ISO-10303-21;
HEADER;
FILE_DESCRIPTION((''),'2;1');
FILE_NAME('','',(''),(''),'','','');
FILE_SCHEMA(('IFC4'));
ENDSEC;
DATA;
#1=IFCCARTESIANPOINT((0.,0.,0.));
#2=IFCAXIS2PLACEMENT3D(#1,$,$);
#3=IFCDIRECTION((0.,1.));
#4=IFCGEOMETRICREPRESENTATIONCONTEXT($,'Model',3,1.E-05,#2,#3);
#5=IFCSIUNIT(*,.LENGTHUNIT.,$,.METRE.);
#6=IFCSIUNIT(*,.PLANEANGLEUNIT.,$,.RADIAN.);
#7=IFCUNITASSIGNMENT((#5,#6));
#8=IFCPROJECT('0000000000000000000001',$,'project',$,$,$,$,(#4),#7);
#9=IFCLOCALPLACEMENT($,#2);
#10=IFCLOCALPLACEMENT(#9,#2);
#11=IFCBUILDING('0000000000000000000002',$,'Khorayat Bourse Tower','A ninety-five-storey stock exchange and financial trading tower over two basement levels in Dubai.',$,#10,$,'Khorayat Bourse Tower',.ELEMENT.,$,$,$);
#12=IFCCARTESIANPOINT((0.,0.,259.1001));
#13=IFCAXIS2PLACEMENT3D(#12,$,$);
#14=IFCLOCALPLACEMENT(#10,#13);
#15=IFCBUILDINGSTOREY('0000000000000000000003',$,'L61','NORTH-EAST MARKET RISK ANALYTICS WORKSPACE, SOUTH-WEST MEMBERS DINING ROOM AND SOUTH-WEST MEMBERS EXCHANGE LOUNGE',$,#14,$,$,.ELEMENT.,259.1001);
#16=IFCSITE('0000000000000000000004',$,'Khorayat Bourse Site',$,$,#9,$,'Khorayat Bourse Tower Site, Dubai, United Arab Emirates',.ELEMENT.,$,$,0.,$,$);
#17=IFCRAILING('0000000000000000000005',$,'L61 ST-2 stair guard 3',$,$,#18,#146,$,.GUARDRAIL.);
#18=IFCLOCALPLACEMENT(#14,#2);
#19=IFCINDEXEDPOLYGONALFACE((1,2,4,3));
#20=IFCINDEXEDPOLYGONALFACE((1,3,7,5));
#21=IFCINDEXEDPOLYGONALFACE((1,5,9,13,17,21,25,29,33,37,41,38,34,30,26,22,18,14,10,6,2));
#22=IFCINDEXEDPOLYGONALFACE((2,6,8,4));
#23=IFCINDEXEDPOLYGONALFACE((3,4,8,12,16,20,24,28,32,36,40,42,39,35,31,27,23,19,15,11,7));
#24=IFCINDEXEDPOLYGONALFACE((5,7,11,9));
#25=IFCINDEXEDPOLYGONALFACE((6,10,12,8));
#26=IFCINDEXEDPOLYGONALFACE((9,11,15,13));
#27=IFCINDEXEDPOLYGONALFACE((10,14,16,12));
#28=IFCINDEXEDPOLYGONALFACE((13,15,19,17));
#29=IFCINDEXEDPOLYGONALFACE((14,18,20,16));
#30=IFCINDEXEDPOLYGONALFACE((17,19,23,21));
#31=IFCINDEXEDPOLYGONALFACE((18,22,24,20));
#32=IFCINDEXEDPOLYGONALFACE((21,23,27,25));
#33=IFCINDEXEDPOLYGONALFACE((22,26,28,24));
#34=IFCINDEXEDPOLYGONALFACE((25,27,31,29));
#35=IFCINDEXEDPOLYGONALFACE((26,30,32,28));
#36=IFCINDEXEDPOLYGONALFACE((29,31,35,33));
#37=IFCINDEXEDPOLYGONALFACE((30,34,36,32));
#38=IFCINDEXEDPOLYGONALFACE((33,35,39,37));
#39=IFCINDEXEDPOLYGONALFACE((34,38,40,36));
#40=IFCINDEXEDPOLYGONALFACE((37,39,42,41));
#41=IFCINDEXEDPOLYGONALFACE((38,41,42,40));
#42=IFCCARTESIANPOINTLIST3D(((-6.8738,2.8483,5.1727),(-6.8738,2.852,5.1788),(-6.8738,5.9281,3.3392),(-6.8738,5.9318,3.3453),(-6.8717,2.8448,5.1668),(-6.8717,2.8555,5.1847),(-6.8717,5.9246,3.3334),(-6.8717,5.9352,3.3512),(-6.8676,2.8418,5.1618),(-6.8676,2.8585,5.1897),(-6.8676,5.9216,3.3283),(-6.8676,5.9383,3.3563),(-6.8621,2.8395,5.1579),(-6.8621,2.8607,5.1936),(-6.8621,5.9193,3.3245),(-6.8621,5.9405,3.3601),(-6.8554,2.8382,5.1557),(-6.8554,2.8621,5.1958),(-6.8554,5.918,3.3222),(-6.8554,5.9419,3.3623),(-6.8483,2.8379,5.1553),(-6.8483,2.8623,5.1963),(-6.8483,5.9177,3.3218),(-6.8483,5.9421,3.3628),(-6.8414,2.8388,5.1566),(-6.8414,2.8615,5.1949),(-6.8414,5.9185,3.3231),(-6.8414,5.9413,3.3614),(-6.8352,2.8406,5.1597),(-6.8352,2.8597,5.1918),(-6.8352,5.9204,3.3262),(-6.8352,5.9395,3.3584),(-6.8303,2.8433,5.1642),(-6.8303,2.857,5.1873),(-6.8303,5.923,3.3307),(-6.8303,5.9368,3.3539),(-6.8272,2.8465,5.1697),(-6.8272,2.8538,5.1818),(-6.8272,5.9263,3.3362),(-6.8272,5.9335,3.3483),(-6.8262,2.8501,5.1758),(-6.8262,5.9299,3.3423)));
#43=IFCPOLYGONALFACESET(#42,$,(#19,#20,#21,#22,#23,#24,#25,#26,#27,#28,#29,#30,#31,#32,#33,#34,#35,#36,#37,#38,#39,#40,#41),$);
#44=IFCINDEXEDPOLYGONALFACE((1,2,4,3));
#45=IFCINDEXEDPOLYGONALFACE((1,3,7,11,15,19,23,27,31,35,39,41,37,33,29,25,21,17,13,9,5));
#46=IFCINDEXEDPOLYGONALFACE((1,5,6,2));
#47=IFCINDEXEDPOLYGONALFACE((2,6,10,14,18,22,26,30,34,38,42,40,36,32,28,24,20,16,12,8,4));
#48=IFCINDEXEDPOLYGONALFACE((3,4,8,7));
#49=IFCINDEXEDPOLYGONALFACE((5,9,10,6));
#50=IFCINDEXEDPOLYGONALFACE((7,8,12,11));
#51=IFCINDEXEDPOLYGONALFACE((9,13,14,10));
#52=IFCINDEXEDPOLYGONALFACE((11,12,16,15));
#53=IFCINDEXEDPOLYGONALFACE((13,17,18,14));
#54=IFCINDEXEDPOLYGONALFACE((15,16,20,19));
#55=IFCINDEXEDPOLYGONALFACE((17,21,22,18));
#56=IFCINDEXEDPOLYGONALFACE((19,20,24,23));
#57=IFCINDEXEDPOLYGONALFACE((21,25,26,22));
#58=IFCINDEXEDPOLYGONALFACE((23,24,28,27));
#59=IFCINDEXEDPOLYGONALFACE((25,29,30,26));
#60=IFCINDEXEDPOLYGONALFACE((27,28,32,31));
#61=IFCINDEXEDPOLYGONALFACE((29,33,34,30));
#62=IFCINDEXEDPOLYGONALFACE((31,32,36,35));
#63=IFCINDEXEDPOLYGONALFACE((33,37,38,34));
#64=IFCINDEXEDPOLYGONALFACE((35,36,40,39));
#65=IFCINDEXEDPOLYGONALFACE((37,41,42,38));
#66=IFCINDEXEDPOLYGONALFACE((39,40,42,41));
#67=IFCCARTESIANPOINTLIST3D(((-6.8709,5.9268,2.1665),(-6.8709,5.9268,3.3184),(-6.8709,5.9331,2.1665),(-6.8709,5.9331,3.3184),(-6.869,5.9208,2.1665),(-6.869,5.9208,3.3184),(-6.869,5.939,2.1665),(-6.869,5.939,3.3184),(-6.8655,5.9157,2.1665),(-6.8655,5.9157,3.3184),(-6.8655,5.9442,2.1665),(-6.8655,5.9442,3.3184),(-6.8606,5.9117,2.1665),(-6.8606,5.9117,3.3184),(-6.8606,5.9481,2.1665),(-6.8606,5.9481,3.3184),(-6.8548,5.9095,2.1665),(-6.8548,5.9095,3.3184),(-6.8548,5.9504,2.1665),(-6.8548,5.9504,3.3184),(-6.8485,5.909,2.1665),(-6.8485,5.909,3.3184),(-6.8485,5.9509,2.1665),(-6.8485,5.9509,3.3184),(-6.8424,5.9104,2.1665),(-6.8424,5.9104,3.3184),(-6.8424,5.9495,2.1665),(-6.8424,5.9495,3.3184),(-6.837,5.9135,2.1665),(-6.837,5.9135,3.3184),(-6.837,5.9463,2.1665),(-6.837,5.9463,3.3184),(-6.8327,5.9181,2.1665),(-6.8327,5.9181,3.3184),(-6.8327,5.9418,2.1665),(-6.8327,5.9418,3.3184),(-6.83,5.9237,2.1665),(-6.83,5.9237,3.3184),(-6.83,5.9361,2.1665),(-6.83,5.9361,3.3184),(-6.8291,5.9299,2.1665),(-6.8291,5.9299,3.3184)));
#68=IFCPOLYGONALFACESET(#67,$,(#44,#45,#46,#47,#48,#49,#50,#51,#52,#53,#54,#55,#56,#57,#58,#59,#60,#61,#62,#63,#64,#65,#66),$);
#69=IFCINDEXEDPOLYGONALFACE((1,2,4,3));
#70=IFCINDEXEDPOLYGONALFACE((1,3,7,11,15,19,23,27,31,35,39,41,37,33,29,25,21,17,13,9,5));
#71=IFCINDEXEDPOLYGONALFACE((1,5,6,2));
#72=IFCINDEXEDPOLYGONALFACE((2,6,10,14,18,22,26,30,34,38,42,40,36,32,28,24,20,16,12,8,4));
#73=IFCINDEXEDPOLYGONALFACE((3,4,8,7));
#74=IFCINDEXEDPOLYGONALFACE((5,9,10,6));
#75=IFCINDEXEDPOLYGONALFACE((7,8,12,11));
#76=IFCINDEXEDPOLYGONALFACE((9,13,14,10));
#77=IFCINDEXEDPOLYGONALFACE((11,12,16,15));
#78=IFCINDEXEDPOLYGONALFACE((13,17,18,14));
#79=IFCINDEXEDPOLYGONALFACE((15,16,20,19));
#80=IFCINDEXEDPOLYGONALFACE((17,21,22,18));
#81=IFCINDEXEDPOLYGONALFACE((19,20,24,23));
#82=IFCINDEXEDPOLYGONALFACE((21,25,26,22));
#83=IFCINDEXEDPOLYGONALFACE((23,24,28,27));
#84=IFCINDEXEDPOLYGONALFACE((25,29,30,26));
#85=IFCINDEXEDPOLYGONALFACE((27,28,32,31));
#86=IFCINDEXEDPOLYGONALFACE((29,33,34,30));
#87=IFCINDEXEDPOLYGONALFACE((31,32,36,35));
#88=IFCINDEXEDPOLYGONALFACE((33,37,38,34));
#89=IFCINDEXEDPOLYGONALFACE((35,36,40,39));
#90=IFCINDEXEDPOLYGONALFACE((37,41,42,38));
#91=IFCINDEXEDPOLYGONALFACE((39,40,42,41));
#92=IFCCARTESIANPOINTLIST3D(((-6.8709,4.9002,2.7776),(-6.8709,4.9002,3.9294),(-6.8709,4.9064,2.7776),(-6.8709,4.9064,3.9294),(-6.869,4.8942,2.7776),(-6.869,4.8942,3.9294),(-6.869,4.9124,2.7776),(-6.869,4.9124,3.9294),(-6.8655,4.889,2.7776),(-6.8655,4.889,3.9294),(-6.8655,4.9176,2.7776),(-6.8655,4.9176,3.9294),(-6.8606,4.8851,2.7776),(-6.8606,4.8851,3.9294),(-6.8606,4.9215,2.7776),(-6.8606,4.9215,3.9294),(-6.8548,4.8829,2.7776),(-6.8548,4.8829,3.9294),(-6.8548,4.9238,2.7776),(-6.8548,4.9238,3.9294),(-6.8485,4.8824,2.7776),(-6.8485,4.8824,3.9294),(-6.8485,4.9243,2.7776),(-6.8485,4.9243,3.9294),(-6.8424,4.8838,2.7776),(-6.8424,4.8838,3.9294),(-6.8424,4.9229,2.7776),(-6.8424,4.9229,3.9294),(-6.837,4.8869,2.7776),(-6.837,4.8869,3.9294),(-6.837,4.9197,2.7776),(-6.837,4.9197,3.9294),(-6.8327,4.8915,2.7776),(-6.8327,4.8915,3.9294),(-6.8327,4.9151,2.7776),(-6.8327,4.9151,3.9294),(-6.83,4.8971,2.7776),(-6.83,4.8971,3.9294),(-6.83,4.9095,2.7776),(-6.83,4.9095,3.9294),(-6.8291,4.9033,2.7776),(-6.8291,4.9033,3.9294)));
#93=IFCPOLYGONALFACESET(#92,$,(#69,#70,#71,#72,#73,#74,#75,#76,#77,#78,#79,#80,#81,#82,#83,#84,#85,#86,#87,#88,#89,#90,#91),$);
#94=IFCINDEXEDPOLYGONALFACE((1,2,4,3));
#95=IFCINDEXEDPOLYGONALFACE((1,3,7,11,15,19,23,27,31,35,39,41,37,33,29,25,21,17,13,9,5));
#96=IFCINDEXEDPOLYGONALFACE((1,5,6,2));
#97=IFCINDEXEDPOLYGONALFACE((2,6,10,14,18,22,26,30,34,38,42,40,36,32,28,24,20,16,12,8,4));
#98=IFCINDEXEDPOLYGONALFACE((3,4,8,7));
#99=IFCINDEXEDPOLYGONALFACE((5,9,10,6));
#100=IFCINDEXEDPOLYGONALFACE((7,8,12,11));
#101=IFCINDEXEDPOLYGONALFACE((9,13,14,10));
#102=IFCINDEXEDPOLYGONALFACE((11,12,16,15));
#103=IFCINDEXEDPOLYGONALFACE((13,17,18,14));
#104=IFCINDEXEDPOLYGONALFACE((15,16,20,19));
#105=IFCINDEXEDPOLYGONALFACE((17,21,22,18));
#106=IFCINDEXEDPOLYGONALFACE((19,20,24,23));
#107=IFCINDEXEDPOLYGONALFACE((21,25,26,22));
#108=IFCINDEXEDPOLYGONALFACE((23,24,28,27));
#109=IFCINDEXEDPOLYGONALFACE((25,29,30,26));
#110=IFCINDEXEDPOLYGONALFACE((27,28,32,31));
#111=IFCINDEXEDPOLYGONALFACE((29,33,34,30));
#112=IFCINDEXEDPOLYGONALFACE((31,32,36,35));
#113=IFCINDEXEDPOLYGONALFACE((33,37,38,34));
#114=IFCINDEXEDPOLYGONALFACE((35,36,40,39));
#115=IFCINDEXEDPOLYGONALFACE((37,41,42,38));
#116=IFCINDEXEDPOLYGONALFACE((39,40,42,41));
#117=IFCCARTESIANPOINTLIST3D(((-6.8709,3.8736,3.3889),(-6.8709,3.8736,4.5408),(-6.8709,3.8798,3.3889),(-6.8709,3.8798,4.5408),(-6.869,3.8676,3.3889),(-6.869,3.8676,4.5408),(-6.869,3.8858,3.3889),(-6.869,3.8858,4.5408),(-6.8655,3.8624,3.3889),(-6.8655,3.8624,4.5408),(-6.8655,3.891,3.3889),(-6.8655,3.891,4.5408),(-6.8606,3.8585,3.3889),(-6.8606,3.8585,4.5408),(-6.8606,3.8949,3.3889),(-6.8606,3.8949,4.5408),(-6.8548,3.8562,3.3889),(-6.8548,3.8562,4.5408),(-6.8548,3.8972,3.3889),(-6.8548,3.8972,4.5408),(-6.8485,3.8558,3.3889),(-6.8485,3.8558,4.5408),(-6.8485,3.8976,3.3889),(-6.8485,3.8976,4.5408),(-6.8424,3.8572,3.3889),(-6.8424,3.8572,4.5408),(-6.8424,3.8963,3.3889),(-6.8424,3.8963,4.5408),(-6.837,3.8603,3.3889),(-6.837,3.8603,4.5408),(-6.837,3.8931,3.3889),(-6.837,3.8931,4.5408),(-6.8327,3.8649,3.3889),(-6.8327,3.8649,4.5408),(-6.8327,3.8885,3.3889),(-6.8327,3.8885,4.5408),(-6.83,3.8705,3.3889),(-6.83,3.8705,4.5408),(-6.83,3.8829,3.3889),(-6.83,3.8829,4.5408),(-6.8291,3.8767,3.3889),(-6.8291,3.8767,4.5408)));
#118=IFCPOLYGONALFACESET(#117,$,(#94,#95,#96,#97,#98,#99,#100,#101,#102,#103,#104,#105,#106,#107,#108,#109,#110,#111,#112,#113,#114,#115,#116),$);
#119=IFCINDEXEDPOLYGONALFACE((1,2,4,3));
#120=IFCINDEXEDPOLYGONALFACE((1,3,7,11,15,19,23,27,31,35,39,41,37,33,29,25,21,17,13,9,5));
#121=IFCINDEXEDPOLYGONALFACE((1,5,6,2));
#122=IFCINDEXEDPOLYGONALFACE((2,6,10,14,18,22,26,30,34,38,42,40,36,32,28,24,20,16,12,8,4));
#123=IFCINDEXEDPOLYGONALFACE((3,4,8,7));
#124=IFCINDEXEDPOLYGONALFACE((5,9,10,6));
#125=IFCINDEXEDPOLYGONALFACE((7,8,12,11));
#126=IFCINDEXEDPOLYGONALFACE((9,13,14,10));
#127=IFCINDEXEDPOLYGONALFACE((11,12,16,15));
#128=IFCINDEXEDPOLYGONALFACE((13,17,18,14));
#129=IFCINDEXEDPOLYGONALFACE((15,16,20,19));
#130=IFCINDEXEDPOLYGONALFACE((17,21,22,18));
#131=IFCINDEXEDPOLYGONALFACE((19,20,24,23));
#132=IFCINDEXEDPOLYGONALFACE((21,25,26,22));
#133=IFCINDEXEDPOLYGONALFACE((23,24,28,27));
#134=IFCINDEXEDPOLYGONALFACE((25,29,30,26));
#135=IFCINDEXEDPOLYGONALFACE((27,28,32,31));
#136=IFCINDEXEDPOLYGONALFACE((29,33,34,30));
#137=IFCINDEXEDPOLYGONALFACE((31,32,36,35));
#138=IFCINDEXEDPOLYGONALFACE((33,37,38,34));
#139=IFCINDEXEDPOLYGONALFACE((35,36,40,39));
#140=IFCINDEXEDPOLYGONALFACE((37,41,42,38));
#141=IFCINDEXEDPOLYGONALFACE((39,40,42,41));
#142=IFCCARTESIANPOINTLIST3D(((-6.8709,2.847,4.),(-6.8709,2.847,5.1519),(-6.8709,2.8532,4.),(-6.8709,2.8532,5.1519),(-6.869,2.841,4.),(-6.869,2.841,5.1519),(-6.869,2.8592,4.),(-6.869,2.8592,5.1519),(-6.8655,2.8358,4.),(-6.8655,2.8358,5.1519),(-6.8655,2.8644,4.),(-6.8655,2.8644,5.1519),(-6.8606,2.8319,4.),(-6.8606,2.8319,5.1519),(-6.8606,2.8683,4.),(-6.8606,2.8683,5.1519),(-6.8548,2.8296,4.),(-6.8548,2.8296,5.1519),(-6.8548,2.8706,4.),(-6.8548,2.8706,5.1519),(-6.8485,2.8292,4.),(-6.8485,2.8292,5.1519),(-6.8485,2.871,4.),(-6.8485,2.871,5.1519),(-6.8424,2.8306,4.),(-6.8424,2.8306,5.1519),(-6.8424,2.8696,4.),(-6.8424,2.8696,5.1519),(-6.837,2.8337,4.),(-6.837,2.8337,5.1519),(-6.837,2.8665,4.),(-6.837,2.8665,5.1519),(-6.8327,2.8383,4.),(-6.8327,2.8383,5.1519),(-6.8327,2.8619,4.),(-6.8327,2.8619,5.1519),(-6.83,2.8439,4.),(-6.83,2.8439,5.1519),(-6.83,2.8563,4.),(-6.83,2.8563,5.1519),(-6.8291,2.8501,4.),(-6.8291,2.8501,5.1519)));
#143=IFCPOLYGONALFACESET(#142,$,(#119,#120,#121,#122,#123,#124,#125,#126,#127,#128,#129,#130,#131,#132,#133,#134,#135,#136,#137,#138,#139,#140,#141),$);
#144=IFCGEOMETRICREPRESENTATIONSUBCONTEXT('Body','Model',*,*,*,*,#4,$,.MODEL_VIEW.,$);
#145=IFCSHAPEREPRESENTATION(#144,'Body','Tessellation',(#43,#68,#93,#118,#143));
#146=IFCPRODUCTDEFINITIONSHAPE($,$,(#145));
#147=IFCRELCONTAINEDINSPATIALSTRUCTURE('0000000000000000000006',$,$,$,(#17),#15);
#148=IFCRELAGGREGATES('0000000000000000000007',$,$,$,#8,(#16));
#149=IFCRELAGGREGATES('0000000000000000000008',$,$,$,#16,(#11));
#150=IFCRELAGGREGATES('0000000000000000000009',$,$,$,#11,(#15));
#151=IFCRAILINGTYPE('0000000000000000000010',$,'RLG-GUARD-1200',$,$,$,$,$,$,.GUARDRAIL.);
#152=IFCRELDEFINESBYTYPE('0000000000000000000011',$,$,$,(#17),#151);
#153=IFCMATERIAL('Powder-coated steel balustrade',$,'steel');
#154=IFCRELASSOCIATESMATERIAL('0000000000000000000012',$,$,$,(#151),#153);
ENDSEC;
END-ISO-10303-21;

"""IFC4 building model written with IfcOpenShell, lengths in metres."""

from ifc_helpers import new_model, si_unit, direction, frame, origin, origin_2d, place, context, subcontext, project, spatial, circle, extrude, source, transform, mapped, material, type_object, element, save


model = new_model("IFC4")

# Units and contexts
model_context = context("Model", 3, precision=1e-05, world=origin(), true_north=direction((0.0, 1.0)))
body_context = subcontext(model_context, "Body", "Model", "MODEL_VIEW")
ifc_project = project(units=[si_unit("LENGTHUNIT", "METRE"), si_unit("PLANEANGLEUNIT", "RADIAN")], contexts=[model_context])

# Site, building, storey
site_placement = place(None, origin())
site = spatial("IfcSite", under=ifc_project, at=site_placement, Name="Khorayat Bourse Site", LongName="Khorayat Bourse Tower Site, Dubai, United Arab Emirates", CompositionType="ELEMENT", RefElevation=0.0)
building_placement = place(site_placement, origin())
building = spatial("IfcBuilding", under=site, at=building_placement, Name="Khorayat Bourse Tower", Description="A ninety-five-storey stock exchange and financial trading tower over two basement levels in Dubai.", LongName="Khorayat Bourse Tower", CompositionType="ELEMENT")
storey_placement = place(building_placement, frame((0.0, 0.0, 259.1001)))
storey = spatial("IfcBuildingStorey", under=building, at=storey_placement, Name="L61", Description="NORTH-EAST MARKET RISK ANALYTICS WORKSPACE, SOUTH-WEST MEMBERS DINING ROOM AND SOUTH-WEST MEMBERS EXCHANGE LOUNGE", CompositionType="ELEMENT", Elevation=259.1001)

# Railing
ifc_material_1 = material(Name="Powder-coated steel balustrade", Category="steel")
railing_type_1 = type_object("IfcRailingType", Name="RLG-GUARD-1200", PredefinedType="GUARDRAIL", material=ifc_material_1)
shared_shape_1 = source(origin(), body_context, "Body", "SweptSolid", [
    extrude(circle(Radius=0.0239, at=origin_2d()), frame((0.0, 0.0, 1.1758), z_axis=(0.0, -0.859261, 0.511538), x_axis=(1.0, 0.0, 0.0)), (0.0, 0.0, 1.0), 3.5842),
    extrude(circle(Radius=0.021, at=origin_2d()), origin(), (0.0, 0.0, 1.0), 1.1519),
    extrude(circle(Radius=0.021, at=origin_2d()), frame((0.0, -1.0266, 0.6111)), (0.0, 0.0, 1.0), 1.1519),
    extrude(circle(Radius=0.021, at=origin_2d()), frame((0.0, -2.0532, 1.2224)), (0.0, 0.0, 1.0), 1.1519),
    extrude(circle(Radius=0.021, at=origin_2d()), frame((0.0, -3.0798, 1.8335)), (0.0, 0.0, 1.0), 1.1519),
])
railing_1_placement = place(storey_placement, frame((-6.8501, 5.9299, 2.1665)))
element("IfcRailing", 1, at=railing_1_placement, inside=storey, type_object=railing_type_1, Name="L61 ST-2 stair guard 3", PredefinedType="GUARDRAIL", context=body_context, shape_type="MappedRepresentation", body=[
    mapped(shared_shape_1, transform((0.0, 0.0, 0.0), scale=1.0)),
])

save(model, "model.ifc")
